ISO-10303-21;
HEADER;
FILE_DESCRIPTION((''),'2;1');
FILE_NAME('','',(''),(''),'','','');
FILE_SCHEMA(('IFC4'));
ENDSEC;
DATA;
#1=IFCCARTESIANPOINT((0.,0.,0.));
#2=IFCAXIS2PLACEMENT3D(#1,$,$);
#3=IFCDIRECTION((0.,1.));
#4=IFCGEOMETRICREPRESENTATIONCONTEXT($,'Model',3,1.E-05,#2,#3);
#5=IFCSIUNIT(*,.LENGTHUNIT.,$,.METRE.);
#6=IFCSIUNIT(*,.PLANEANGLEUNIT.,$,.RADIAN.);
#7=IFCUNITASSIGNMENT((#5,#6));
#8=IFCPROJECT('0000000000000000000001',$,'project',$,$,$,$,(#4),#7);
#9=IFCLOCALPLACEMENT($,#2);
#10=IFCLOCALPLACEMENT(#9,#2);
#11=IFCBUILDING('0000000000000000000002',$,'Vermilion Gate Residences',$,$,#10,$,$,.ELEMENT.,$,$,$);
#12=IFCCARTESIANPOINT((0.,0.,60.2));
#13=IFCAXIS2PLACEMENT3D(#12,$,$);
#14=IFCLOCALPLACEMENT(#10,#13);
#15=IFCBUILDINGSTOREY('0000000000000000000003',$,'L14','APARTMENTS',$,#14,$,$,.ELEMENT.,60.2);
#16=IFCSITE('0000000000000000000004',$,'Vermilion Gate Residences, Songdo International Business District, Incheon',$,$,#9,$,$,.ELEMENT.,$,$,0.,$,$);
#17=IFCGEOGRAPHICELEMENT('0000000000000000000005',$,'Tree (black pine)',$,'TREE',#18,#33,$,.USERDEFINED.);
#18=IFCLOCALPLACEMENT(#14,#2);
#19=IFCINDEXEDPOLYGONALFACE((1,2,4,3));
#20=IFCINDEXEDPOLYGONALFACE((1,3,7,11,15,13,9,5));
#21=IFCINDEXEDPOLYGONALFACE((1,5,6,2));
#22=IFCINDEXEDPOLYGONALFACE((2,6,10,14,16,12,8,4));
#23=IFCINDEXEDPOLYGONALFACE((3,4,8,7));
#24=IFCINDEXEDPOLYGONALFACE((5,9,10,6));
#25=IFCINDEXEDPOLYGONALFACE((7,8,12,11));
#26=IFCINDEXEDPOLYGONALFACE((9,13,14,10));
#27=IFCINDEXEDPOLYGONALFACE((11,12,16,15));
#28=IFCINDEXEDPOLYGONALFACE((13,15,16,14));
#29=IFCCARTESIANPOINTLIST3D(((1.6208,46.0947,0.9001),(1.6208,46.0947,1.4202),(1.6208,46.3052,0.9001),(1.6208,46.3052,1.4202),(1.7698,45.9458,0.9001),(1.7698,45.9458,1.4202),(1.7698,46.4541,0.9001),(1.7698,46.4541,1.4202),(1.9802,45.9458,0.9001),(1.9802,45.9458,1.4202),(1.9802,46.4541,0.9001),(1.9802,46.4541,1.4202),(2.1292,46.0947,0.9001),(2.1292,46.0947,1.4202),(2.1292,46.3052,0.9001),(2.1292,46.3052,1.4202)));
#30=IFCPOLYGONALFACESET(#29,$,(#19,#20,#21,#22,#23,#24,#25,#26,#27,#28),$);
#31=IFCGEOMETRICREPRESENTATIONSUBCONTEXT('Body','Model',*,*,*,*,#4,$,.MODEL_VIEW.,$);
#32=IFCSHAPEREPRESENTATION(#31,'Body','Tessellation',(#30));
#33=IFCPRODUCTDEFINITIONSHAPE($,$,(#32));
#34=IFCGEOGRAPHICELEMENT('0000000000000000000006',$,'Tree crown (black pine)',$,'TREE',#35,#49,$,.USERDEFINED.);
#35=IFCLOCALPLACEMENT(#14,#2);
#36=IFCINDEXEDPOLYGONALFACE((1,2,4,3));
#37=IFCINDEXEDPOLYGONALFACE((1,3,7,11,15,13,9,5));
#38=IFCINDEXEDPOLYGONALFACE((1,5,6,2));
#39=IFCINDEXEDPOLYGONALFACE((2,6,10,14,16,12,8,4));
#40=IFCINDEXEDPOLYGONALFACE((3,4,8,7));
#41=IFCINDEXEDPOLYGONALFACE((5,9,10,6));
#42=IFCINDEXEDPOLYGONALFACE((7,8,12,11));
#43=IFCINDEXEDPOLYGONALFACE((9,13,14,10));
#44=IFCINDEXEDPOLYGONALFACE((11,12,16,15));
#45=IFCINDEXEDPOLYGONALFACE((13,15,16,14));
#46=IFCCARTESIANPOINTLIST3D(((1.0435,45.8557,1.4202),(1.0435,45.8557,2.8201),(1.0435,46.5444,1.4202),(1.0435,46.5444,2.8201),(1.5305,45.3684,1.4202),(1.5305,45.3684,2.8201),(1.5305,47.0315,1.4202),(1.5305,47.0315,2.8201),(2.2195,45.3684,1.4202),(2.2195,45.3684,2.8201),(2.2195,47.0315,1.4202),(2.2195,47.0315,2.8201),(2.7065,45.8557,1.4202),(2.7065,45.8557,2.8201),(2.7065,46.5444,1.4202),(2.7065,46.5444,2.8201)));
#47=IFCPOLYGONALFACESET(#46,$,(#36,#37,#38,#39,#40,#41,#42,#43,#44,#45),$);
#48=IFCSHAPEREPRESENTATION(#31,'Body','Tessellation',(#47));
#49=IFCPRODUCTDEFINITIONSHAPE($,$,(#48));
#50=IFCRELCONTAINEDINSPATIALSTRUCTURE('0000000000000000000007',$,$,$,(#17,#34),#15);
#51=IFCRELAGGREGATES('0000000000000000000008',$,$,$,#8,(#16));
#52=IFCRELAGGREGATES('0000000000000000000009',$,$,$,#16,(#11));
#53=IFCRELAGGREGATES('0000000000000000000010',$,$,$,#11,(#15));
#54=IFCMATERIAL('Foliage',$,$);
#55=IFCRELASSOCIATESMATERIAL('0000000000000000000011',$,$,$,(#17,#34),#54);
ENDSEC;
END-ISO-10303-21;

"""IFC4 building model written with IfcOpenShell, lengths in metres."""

from ifc_helpers import new_model, si_unit, direction, frame, origin, place, context, subcontext, project, spatial, polyline, outline, extrude, material, element, save


model = new_model("IFC4")

# Units and contexts
model_context = context("Model", 3, precision=1e-05, world=origin(), true_north=direction((0.0, 1.0)))
body_context = subcontext(model_context, "Body", "Model", "MODEL_VIEW")
ifc_project = project(units=[si_unit("LENGTHUNIT", "METRE"), si_unit("PLANEANGLEUNIT", "RADIAN")], contexts=[model_context])

# Site, building, storey
site_placement = place(None, origin())
site = spatial("IfcSite", under=ifc_project, at=site_placement, Name="Vermilion Gate Residences, Songdo International Business District, Incheon", CompositionType="ELEMENT", RefElevation=0.0)
building_placement = place(site_placement, origin())
building = spatial("IfcBuilding", under=site, at=building_placement, Name="Vermilion Gate Residences", CompositionType="ELEMENT")
storey_placement = place(building_placement, frame((0.0, 0.0, 60.2)))
storey = spatial("IfcBuildingStorey", under=building, at=storey_placement, Name="L14", Description="APARTMENTS", CompositionType="ELEMENT", Elevation=60.2)

# Geographic elements
ifc_material_1 = material(Name="Foliage")
geographic_element_1_placement = place(storey_placement, frame((0.0, 0.0, 0.9001)))
element("IfcGeographicElement", 1, at=geographic_element_1_placement, inside=storey, material=ifc_material_1, Name="Tree (black pine)", ObjectType="TREE", PredefinedType="USERDEFINED", context=body_context, shape_type="SweptSolid", body=[
    extrude(outline(polyline([(2.1292, 46.3052), (1.9802, 46.4541), (1.7698, 46.4541), (1.6208, 46.3052), (1.6208, 46.0947), (1.7698, 45.9458), (1.9802, 45.9458), (2.1292, 46.0947), (2.1292, 46.3052)])), origin(), (0.0, 0.0, 1.0), 0.52),
])
geographic_element_2_placement = place(storey_placement, frame((0.0, 0.0, 1.4202)))
element("IfcGeographicElement", 2, at=geographic_element_2_placement, inside=storey, material=ifc_material_1, Name="Tree crown (black pine)", ObjectType="TREE", PredefinedType="USERDEFINED", context=body_context, shape_type="SweptSolid", body=[
    extrude(outline(polyline([(2.7065, 46.5444), (2.2195, 47.0315), (1.5305, 47.0315), (1.0435, 46.5444), (1.0435, 45.8557), (1.5305, 45.3684), (2.2195, 45.3684), (2.7065, 45.8557), (2.7065, 46.5444)])), origin(), (0.0, 0.0, 1.0), 1.3999),
])

save(model, "model.ifc")
